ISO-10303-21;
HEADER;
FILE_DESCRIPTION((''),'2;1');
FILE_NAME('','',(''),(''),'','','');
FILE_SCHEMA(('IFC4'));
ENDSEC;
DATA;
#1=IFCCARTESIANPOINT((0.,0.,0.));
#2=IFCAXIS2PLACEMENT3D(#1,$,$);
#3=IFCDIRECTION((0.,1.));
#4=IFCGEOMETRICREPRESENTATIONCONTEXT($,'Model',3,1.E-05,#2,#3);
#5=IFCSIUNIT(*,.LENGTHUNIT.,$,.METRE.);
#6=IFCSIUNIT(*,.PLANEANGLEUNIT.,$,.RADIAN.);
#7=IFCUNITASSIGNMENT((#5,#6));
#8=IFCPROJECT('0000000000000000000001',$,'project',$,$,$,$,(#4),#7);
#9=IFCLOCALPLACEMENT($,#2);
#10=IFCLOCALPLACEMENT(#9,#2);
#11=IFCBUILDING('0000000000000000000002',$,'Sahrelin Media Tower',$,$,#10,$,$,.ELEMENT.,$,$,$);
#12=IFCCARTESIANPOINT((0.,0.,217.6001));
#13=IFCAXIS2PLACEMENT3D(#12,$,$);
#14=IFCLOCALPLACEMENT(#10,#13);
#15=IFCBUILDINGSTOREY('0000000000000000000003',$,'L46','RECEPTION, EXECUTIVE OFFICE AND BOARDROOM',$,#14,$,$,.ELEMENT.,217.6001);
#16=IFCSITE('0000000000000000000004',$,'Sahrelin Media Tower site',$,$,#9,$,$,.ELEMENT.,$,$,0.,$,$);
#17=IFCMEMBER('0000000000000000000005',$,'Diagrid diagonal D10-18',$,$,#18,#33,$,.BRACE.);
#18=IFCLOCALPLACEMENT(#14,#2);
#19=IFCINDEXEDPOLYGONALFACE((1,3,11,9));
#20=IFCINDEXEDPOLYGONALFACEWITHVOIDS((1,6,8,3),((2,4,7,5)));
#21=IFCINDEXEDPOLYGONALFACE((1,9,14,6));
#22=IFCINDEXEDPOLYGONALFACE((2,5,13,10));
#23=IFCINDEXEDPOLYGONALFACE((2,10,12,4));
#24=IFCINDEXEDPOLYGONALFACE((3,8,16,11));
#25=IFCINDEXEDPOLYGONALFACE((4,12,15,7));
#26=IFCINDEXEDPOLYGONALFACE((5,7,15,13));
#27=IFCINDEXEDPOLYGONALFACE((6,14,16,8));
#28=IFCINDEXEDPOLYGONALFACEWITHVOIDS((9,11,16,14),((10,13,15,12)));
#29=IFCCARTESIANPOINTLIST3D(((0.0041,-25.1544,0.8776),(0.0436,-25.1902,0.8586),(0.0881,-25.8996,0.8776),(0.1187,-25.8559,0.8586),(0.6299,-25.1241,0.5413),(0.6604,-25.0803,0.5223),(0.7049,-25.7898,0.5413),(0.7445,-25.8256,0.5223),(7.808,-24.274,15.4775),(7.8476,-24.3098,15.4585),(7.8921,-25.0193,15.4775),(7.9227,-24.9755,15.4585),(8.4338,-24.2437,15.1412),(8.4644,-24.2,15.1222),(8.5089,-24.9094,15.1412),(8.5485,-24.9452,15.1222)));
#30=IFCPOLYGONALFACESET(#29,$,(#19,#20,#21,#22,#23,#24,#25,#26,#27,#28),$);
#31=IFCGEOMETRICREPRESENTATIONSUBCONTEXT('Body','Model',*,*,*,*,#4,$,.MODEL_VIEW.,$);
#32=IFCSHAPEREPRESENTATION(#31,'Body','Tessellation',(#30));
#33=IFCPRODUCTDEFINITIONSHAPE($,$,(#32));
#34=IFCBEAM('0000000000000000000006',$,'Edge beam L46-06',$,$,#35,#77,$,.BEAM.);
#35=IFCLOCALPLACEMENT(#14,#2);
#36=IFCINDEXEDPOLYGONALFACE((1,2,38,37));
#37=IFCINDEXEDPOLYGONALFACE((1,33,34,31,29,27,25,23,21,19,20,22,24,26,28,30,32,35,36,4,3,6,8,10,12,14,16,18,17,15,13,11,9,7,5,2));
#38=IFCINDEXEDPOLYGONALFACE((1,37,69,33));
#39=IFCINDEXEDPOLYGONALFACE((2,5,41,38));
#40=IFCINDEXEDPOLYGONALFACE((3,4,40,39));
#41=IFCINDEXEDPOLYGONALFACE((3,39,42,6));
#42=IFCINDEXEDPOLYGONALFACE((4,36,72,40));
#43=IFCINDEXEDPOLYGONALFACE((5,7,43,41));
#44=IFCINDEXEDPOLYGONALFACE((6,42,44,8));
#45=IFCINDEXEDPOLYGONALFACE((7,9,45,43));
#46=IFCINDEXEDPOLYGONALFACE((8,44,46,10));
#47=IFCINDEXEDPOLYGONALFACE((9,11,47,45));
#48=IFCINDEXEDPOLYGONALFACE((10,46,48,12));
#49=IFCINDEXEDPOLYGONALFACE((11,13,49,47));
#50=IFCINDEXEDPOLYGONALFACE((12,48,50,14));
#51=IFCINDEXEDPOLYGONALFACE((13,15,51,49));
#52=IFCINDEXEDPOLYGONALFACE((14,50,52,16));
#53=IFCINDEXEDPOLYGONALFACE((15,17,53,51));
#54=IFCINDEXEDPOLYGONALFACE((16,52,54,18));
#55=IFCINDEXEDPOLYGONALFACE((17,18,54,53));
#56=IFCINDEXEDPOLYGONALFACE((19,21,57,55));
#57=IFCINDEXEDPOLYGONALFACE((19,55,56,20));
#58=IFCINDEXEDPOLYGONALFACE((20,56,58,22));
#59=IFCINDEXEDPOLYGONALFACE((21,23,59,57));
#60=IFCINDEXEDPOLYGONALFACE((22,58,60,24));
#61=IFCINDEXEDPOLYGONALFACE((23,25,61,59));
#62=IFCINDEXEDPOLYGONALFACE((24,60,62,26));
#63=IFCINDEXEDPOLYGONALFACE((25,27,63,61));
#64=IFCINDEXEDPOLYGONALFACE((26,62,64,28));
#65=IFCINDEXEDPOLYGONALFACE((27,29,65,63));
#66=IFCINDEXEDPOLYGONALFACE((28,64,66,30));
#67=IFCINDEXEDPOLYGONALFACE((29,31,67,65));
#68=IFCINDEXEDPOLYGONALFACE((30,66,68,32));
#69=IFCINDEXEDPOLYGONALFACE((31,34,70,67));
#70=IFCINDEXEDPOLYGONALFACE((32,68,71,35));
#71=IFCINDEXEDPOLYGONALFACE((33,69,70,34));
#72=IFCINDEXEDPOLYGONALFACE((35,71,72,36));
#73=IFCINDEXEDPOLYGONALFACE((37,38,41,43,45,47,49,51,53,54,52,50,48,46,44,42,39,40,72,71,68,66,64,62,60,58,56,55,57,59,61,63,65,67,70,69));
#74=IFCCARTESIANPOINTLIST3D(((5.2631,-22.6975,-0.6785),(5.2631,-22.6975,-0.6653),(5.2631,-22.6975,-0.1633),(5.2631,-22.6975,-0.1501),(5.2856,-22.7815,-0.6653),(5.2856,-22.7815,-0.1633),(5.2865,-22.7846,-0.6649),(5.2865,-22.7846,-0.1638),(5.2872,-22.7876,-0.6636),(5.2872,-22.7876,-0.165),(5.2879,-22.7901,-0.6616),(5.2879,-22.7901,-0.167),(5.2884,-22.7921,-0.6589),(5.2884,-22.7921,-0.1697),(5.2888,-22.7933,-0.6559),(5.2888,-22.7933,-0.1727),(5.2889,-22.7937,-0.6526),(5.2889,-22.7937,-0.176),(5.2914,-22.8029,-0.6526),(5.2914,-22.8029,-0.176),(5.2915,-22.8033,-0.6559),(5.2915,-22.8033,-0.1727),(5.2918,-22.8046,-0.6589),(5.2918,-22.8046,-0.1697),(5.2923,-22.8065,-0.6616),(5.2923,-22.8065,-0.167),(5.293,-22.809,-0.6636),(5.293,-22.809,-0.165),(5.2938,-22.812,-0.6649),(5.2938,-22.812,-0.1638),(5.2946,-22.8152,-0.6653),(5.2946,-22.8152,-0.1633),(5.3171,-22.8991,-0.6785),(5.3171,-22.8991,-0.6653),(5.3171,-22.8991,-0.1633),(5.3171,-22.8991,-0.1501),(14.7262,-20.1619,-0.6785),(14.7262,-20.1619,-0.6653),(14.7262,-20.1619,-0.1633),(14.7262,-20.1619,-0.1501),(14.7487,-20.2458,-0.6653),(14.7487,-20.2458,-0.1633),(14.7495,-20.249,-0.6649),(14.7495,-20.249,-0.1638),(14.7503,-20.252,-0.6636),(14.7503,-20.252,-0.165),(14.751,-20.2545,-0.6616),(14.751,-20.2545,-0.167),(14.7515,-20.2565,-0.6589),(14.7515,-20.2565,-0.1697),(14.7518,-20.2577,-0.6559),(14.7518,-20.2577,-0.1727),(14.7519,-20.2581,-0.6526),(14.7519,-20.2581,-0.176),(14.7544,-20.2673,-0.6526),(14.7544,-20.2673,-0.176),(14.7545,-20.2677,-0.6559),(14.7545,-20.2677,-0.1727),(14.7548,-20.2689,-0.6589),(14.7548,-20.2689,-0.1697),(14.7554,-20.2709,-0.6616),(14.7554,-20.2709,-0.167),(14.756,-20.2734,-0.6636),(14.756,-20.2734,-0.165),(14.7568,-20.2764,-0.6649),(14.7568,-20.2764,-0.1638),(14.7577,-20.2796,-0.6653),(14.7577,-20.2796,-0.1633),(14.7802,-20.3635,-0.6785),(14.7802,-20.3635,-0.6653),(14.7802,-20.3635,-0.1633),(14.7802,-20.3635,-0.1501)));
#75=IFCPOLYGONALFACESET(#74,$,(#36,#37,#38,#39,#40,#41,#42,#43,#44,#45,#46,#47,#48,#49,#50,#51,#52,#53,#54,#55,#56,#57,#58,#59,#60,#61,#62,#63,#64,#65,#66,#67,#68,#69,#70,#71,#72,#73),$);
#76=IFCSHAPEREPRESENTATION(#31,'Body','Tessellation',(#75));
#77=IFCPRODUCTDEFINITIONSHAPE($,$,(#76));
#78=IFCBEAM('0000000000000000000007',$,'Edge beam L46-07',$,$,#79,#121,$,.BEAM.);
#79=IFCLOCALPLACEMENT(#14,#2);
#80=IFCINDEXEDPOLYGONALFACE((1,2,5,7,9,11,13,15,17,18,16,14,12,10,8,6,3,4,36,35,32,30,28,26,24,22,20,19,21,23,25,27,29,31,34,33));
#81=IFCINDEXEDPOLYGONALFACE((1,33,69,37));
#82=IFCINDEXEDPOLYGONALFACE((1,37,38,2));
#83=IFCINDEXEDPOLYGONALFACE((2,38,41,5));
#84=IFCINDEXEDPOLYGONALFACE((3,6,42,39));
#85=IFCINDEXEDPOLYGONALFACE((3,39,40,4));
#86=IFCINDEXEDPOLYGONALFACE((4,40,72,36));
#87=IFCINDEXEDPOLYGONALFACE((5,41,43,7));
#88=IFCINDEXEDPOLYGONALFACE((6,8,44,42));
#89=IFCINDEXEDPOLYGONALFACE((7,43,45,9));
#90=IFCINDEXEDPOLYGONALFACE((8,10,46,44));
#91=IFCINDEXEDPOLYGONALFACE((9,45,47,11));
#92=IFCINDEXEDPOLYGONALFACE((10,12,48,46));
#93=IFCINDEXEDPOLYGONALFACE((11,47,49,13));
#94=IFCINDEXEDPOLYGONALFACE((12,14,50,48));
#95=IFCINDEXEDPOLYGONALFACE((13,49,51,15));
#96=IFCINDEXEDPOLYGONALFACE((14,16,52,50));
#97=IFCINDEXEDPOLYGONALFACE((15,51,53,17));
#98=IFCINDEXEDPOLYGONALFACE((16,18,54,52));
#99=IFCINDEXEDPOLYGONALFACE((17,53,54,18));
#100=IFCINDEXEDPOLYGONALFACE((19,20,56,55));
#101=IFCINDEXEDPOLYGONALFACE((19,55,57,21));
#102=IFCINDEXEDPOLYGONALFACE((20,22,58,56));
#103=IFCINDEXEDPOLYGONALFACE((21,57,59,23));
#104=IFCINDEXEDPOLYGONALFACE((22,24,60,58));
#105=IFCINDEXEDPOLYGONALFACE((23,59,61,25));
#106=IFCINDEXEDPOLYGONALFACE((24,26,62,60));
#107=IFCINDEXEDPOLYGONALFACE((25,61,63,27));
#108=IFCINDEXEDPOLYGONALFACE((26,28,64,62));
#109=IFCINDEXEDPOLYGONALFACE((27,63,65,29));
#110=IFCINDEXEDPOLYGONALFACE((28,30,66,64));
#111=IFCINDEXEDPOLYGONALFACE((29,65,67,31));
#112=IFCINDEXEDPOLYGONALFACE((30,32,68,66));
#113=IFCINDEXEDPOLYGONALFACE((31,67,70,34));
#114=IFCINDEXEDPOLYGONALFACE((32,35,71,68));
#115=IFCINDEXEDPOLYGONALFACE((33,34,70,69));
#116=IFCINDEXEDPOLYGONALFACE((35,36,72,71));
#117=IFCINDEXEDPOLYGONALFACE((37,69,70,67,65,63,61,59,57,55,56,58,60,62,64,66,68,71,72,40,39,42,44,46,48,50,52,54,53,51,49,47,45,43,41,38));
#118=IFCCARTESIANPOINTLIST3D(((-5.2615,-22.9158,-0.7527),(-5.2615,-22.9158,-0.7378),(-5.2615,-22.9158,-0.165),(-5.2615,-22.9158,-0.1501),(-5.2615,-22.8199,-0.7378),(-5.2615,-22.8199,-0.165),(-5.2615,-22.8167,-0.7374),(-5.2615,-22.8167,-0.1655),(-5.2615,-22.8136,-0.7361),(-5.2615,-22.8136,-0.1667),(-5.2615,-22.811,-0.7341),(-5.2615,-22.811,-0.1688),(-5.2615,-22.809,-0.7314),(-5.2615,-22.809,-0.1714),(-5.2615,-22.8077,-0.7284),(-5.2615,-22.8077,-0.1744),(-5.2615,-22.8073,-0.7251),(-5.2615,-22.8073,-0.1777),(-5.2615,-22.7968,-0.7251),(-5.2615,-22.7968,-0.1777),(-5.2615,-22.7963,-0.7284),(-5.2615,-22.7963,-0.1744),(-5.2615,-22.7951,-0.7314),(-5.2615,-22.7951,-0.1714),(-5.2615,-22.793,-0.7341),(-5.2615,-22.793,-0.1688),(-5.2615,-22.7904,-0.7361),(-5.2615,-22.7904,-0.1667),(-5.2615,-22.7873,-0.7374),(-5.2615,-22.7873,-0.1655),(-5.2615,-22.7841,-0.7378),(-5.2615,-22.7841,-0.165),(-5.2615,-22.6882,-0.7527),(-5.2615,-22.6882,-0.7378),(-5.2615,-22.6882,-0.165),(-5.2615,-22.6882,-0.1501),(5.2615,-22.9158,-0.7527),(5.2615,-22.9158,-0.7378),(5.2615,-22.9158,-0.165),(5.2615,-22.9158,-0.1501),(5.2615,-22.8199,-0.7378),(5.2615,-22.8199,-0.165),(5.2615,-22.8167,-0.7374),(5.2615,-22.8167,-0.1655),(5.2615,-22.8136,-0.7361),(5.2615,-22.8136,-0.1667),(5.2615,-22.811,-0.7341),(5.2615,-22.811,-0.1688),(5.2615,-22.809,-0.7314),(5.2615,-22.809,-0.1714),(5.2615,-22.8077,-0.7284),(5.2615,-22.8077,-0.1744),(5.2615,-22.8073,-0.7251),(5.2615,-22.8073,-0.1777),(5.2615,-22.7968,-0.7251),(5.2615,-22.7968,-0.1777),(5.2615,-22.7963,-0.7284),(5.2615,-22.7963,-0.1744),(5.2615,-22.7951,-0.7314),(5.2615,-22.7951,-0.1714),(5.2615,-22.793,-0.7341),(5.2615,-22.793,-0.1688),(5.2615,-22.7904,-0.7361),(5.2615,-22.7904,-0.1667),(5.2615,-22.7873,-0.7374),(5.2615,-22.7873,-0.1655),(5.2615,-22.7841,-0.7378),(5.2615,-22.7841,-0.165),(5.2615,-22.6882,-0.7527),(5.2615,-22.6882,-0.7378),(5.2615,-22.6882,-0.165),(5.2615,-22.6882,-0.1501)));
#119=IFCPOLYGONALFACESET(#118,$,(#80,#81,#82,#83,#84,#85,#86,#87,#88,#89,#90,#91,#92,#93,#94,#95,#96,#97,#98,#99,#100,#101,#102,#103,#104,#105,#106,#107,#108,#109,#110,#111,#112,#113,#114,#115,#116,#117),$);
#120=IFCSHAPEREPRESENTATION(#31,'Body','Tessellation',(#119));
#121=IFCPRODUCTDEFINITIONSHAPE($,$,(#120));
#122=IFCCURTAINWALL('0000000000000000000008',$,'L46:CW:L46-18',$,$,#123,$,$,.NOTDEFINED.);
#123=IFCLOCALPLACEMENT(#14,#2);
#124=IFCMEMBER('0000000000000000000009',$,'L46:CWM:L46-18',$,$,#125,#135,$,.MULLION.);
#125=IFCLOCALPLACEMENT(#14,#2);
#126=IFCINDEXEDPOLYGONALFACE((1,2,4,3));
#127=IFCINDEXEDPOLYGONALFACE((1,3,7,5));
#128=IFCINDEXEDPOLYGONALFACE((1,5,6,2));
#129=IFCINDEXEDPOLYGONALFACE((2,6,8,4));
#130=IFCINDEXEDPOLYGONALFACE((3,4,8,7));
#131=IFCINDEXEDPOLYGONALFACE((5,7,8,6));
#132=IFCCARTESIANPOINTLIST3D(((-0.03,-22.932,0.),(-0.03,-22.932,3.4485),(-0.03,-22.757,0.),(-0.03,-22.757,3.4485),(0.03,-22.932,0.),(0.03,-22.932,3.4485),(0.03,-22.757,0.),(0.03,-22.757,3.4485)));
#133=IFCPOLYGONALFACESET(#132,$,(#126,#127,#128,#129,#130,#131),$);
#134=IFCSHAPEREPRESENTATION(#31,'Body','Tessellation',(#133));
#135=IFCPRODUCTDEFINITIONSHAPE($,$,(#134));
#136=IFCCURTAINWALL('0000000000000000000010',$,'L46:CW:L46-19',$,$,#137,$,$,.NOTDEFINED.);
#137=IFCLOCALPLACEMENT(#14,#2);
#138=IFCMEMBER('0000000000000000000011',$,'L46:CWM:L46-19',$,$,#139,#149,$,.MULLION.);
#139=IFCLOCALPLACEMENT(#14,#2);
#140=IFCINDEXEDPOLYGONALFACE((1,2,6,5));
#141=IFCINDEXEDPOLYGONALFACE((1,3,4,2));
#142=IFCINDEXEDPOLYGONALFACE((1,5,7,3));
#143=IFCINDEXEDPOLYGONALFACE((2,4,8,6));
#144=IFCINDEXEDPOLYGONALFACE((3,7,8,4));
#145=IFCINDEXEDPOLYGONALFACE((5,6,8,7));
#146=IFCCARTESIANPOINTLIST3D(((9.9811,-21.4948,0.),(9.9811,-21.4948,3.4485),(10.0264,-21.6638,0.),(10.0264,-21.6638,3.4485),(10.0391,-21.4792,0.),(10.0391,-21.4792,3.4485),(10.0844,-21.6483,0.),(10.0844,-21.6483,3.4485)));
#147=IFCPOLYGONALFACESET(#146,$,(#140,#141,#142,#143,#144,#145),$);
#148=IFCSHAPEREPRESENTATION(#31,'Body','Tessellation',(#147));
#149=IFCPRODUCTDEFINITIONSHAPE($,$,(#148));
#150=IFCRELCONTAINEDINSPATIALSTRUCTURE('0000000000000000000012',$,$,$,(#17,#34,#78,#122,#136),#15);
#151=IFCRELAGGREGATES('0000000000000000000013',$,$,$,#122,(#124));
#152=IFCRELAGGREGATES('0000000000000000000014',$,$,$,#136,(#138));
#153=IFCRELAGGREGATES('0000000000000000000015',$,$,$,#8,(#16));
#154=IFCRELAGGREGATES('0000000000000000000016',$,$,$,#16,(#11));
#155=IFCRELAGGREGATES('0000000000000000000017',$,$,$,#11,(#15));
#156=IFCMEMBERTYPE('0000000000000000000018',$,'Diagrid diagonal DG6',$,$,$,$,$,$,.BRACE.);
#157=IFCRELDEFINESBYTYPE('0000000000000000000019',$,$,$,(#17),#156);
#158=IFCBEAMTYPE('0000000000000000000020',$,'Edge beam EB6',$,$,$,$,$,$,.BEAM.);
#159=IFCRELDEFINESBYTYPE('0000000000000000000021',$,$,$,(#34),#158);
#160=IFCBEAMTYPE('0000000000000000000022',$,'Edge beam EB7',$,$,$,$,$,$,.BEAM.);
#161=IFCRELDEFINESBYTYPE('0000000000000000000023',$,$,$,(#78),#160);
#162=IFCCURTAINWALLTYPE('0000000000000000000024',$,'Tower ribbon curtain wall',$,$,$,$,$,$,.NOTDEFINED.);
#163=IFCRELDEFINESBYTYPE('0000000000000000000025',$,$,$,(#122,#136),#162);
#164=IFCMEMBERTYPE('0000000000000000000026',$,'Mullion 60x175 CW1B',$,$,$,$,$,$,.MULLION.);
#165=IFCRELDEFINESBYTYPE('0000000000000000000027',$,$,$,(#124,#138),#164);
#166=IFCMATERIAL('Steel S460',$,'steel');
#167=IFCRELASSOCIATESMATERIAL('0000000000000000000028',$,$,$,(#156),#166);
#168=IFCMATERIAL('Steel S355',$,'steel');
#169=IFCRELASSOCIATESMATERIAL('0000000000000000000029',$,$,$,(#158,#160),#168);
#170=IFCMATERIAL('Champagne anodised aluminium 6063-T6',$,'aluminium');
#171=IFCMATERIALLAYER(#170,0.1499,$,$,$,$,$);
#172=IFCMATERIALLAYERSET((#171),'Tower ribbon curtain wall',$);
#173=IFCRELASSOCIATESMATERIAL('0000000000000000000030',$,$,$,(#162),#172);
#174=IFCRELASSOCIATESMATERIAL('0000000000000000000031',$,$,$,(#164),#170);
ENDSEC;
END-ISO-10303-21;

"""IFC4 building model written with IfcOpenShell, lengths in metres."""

from ifc_helpers import new_model, si_unit, direction, frame, origin, origin_2d, place, context, subcontext, project, spatial, rectangle, hollow_rectangle, i_section, extrude, material, layer, layer_set, material_profile, profile_set, type_object, element, aggregate, save


model = new_model("IFC4")

# Units and contexts
model_context = context("Model", 3, precision=1e-05, world=origin(), true_north=direction((0.0, 1.0)))
body_context = subcontext(model_context, "Body", "Model", "MODEL_VIEW")
ifc_project = project(units=[si_unit("LENGTHUNIT", "METRE"), si_unit("PLANEANGLEUNIT", "RADIAN")], contexts=[model_context])

# Site, building, storey
site_placement = place(None, origin())
site = spatial("IfcSite", under=ifc_project, at=site_placement, Name="Sahrelin Media Tower site", CompositionType="ELEMENT", RefElevation=0.0)
building_placement = place(site_placement, origin())
building = spatial("IfcBuilding", under=site, at=building_placement, Name="Sahrelin Media Tower", CompositionType="ELEMENT")
storey_placement = place(building_placement, frame((0.0, 0.0, 217.6001)))
storey = spatial("IfcBuildingStorey", under=building, at=storey_placement, Name="L46", Description="RECEPTION, EXECUTIVE OFFICE AND BOARDROOM", CompositionType="ELEMENT", Elevation=217.6001)

# Member
ifc_material_1 = material(Name="Steel S460", Category="steel")
ifc_material_profile_1 = material_profile(ifc_material_1, hollow_rectangle(XDim=0.75, YDim=0.75, WallThickness=0.04, at=origin_2d()), Name="Diagrid diagonal DG6")
ifc_profile_set_1 = profile_set([ifc_material_profile_1], Name="Steel S460")
member_type_1 = type_object("IfcMemberType", Name="Diagrid diagonal DG6", PredefinedType="BRACE", material=ifc_profile_set_1)
member_1_placement = place(storey_placement, frame((0.3743, -25.49, 0.7), z_axis=(0.47074, 0.053105, 0.880673), x_axis=(-0.1121, 0.993697, 0.0)))
element("IfcMember", 1, at=member_1_placement, inside=storey, type_object=member_type_1, Name="Diagrid diagonal D10-18", PredefinedType="BRACE", context=body_context, shape_type="SweptSolid", body=[
    extrude(hollow_rectangle(XDim=0.75, YDim=0.75, WallThickness=0.04, at=origin_2d()), origin(), (0.0, 0.0, 1.0), 16.5781),
])

# Beams
ifc_material_2 = material(Name="Steel S355", Category="steel")
ifc_material_profile_2 = material_profile(ifc_material_2, i_section(OverallWidth=0.2087, OverallDepth=0.5283, WebThickness=0.0095, FlangeThickness=0.0132, FilletRadius=0.0127, at=origin_2d()), Name="UB 533x210x82")
ifc_profile_set_2 = profile_set([ifc_material_profile_2], Name="Steel S355")
beam_type_1 = type_object("IfcBeamType", Name="Edge beam EB6", PredefinedType="BEAM", material=ifc_profile_set_2)
beam_1_placement = place(storey_placement, frame((14.7532, -20.2627, -0.4143), z_axis=(-0.965926, -0.25882, 0.0), x_axis=(0.25882, -0.965926, 0.0)))
element("IfcBeam", 2, at=beam_1_placement, inside=storey, type_object=beam_type_1, Name="Edge beam L46-06", PredefinedType="BEAM", context=body_context, shape_type="SweptSolid", body=[
    extrude(i_section(OverallWidth=0.2087, OverallDepth=0.5283, WebThickness=0.0095, FlangeThickness=0.0132, FilletRadius=0.0127, at=origin_2d()), origin(), (0.0, 0.0, 1.0), 9.7969),
])
ifc_material_profile_3 = material_profile(ifc_material_2, i_section(OverallWidth=0.2275, OverallDepth=0.6025, WebThickness=0.0105, FlangeThickness=0.0149, FilletRadius=0.0127, at=origin_2d()), Name="UB 610x229x101")
ifc_profile_set_3 = profile_set([ifc_material_profile_3], Name="Steel S355")
beam_type_2 = type_object("IfcBeamType", Name="Edge beam EB7", PredefinedType="BEAM", material=ifc_profile_set_3)
beam_2_placement = place(storey_placement, frame((5.2615, -22.802, -0.4514), z_axis=(-1.0, 0.0, 0.0), x_axis=(0.0, -1.0, 0.0)))
element("IfcBeam", 3, at=beam_2_placement, inside=storey, type_object=beam_type_2, Name="Edge beam L46-07", PredefinedType="BEAM", context=body_context, shape_type="SweptSolid", body=[
    extrude(i_section(OverallWidth=0.2275, OverallDepth=0.6025, WebThickness=0.0105, FlangeThickness=0.0149, FilletRadius=0.0127, at=origin_2d()), origin(), (0.0, 0.0, 1.0), 10.5229),
])

# Curtain walls, members
ifc_material_3 = material(Name="Champagne anodised aluminium 6063-T6", Category="aluminium")
ifc_layer_1 = layer(ifc_material_3, 0.1499)
ifc_layer_set_1 = layer_set([ifc_layer_1], Name="Tower ribbon curtain wall")
curtain_wall_type = type_object("IfcCurtainWallType", Name="Tower ribbon curtain wall", PredefinedType="NOTDEFINED", material=ifc_layer_set_1)
curtain_wall_1_placement = place(storey_placement, frame((0.0, -22.9521, 0.0), z_axis=(0.0, 0.0, 1.0), x_axis=(1.0, 0.0, 0.0)))
curtain_wall_1 = element("IfcCurtainWall", 4, at=curtain_wall_1_placement, inside=storey, type_object=curtain_wall_type, Name="L46:CW:L46-18", PredefinedType="NOTDEFINED")
ifc_material_profile_4 = material_profile(ifc_material_3, rectangle(XDim=0.0601, YDim=0.175, at=origin_2d()), Name="Mullion 60x175")
ifc_profile_set_4 = profile_set([ifc_material_profile_4], Name="Champagne anodised aluminium 6063-T6")
member_type_2 = type_object("IfcMemberType", Name="Mullion 60x175 CW1B", PredefinedType="MULLION", material=ifc_profile_set_4)
member_2_placement = place(storey_placement, frame((0.0, -22.8445, 0.0), z_axis=(0.0, 0.0, 1.0), x_axis=(1.0, 0.0, 0.0)))
member_2 = element("IfcMember", 5, at=member_2_placement, type_object=member_type_2, Name="L46:CWM:L46-18", PredefinedType="MULLION", context=body_context, shape_type="SweptSolid", body=[
    extrude(rectangle(XDim=0.0601, YDim=0.175, at=origin_2d()), origin(), (0.0, 0.0, 1.0), 3.4485),
])
aggregate(curtain_wall_1, [member_2])
curtain_wall_2_placement = place(storey_placement, frame((10.0603, -21.6753, 0.0), z_axis=(0.0, 0.0, 1.0), x_axis=(1.0, 0.0, 0.0)))
curtain_wall_2 = element("IfcCurtainWall", 6, at=curtain_wall_2_placement, inside=storey, type_object=curtain_wall_type, Name="L46:CW:L46-19", PredefinedType="NOTDEFINED")
member_3_placement = place(storey_placement, frame((10.0327, -21.5715, 0.0), z_axis=(0.0, 0.0, 1.0), x_axis=(0.965925, 0.258822, 0.0)))
member_3 = element("IfcMember", 7, at=member_3_placement, type_object=member_type_2, Name="L46:CWM:L46-19", PredefinedType="MULLION", context=body_context, shape_type="SweptSolid", body=[
    extrude(rectangle(XDim=0.0601, YDim=0.175, at=origin_2d()), origin(), (0.0, 0.0, 1.0), 3.4485),
])

aggregate(curtain_wall_2, [member_3])

save(model, "model.ifc")
